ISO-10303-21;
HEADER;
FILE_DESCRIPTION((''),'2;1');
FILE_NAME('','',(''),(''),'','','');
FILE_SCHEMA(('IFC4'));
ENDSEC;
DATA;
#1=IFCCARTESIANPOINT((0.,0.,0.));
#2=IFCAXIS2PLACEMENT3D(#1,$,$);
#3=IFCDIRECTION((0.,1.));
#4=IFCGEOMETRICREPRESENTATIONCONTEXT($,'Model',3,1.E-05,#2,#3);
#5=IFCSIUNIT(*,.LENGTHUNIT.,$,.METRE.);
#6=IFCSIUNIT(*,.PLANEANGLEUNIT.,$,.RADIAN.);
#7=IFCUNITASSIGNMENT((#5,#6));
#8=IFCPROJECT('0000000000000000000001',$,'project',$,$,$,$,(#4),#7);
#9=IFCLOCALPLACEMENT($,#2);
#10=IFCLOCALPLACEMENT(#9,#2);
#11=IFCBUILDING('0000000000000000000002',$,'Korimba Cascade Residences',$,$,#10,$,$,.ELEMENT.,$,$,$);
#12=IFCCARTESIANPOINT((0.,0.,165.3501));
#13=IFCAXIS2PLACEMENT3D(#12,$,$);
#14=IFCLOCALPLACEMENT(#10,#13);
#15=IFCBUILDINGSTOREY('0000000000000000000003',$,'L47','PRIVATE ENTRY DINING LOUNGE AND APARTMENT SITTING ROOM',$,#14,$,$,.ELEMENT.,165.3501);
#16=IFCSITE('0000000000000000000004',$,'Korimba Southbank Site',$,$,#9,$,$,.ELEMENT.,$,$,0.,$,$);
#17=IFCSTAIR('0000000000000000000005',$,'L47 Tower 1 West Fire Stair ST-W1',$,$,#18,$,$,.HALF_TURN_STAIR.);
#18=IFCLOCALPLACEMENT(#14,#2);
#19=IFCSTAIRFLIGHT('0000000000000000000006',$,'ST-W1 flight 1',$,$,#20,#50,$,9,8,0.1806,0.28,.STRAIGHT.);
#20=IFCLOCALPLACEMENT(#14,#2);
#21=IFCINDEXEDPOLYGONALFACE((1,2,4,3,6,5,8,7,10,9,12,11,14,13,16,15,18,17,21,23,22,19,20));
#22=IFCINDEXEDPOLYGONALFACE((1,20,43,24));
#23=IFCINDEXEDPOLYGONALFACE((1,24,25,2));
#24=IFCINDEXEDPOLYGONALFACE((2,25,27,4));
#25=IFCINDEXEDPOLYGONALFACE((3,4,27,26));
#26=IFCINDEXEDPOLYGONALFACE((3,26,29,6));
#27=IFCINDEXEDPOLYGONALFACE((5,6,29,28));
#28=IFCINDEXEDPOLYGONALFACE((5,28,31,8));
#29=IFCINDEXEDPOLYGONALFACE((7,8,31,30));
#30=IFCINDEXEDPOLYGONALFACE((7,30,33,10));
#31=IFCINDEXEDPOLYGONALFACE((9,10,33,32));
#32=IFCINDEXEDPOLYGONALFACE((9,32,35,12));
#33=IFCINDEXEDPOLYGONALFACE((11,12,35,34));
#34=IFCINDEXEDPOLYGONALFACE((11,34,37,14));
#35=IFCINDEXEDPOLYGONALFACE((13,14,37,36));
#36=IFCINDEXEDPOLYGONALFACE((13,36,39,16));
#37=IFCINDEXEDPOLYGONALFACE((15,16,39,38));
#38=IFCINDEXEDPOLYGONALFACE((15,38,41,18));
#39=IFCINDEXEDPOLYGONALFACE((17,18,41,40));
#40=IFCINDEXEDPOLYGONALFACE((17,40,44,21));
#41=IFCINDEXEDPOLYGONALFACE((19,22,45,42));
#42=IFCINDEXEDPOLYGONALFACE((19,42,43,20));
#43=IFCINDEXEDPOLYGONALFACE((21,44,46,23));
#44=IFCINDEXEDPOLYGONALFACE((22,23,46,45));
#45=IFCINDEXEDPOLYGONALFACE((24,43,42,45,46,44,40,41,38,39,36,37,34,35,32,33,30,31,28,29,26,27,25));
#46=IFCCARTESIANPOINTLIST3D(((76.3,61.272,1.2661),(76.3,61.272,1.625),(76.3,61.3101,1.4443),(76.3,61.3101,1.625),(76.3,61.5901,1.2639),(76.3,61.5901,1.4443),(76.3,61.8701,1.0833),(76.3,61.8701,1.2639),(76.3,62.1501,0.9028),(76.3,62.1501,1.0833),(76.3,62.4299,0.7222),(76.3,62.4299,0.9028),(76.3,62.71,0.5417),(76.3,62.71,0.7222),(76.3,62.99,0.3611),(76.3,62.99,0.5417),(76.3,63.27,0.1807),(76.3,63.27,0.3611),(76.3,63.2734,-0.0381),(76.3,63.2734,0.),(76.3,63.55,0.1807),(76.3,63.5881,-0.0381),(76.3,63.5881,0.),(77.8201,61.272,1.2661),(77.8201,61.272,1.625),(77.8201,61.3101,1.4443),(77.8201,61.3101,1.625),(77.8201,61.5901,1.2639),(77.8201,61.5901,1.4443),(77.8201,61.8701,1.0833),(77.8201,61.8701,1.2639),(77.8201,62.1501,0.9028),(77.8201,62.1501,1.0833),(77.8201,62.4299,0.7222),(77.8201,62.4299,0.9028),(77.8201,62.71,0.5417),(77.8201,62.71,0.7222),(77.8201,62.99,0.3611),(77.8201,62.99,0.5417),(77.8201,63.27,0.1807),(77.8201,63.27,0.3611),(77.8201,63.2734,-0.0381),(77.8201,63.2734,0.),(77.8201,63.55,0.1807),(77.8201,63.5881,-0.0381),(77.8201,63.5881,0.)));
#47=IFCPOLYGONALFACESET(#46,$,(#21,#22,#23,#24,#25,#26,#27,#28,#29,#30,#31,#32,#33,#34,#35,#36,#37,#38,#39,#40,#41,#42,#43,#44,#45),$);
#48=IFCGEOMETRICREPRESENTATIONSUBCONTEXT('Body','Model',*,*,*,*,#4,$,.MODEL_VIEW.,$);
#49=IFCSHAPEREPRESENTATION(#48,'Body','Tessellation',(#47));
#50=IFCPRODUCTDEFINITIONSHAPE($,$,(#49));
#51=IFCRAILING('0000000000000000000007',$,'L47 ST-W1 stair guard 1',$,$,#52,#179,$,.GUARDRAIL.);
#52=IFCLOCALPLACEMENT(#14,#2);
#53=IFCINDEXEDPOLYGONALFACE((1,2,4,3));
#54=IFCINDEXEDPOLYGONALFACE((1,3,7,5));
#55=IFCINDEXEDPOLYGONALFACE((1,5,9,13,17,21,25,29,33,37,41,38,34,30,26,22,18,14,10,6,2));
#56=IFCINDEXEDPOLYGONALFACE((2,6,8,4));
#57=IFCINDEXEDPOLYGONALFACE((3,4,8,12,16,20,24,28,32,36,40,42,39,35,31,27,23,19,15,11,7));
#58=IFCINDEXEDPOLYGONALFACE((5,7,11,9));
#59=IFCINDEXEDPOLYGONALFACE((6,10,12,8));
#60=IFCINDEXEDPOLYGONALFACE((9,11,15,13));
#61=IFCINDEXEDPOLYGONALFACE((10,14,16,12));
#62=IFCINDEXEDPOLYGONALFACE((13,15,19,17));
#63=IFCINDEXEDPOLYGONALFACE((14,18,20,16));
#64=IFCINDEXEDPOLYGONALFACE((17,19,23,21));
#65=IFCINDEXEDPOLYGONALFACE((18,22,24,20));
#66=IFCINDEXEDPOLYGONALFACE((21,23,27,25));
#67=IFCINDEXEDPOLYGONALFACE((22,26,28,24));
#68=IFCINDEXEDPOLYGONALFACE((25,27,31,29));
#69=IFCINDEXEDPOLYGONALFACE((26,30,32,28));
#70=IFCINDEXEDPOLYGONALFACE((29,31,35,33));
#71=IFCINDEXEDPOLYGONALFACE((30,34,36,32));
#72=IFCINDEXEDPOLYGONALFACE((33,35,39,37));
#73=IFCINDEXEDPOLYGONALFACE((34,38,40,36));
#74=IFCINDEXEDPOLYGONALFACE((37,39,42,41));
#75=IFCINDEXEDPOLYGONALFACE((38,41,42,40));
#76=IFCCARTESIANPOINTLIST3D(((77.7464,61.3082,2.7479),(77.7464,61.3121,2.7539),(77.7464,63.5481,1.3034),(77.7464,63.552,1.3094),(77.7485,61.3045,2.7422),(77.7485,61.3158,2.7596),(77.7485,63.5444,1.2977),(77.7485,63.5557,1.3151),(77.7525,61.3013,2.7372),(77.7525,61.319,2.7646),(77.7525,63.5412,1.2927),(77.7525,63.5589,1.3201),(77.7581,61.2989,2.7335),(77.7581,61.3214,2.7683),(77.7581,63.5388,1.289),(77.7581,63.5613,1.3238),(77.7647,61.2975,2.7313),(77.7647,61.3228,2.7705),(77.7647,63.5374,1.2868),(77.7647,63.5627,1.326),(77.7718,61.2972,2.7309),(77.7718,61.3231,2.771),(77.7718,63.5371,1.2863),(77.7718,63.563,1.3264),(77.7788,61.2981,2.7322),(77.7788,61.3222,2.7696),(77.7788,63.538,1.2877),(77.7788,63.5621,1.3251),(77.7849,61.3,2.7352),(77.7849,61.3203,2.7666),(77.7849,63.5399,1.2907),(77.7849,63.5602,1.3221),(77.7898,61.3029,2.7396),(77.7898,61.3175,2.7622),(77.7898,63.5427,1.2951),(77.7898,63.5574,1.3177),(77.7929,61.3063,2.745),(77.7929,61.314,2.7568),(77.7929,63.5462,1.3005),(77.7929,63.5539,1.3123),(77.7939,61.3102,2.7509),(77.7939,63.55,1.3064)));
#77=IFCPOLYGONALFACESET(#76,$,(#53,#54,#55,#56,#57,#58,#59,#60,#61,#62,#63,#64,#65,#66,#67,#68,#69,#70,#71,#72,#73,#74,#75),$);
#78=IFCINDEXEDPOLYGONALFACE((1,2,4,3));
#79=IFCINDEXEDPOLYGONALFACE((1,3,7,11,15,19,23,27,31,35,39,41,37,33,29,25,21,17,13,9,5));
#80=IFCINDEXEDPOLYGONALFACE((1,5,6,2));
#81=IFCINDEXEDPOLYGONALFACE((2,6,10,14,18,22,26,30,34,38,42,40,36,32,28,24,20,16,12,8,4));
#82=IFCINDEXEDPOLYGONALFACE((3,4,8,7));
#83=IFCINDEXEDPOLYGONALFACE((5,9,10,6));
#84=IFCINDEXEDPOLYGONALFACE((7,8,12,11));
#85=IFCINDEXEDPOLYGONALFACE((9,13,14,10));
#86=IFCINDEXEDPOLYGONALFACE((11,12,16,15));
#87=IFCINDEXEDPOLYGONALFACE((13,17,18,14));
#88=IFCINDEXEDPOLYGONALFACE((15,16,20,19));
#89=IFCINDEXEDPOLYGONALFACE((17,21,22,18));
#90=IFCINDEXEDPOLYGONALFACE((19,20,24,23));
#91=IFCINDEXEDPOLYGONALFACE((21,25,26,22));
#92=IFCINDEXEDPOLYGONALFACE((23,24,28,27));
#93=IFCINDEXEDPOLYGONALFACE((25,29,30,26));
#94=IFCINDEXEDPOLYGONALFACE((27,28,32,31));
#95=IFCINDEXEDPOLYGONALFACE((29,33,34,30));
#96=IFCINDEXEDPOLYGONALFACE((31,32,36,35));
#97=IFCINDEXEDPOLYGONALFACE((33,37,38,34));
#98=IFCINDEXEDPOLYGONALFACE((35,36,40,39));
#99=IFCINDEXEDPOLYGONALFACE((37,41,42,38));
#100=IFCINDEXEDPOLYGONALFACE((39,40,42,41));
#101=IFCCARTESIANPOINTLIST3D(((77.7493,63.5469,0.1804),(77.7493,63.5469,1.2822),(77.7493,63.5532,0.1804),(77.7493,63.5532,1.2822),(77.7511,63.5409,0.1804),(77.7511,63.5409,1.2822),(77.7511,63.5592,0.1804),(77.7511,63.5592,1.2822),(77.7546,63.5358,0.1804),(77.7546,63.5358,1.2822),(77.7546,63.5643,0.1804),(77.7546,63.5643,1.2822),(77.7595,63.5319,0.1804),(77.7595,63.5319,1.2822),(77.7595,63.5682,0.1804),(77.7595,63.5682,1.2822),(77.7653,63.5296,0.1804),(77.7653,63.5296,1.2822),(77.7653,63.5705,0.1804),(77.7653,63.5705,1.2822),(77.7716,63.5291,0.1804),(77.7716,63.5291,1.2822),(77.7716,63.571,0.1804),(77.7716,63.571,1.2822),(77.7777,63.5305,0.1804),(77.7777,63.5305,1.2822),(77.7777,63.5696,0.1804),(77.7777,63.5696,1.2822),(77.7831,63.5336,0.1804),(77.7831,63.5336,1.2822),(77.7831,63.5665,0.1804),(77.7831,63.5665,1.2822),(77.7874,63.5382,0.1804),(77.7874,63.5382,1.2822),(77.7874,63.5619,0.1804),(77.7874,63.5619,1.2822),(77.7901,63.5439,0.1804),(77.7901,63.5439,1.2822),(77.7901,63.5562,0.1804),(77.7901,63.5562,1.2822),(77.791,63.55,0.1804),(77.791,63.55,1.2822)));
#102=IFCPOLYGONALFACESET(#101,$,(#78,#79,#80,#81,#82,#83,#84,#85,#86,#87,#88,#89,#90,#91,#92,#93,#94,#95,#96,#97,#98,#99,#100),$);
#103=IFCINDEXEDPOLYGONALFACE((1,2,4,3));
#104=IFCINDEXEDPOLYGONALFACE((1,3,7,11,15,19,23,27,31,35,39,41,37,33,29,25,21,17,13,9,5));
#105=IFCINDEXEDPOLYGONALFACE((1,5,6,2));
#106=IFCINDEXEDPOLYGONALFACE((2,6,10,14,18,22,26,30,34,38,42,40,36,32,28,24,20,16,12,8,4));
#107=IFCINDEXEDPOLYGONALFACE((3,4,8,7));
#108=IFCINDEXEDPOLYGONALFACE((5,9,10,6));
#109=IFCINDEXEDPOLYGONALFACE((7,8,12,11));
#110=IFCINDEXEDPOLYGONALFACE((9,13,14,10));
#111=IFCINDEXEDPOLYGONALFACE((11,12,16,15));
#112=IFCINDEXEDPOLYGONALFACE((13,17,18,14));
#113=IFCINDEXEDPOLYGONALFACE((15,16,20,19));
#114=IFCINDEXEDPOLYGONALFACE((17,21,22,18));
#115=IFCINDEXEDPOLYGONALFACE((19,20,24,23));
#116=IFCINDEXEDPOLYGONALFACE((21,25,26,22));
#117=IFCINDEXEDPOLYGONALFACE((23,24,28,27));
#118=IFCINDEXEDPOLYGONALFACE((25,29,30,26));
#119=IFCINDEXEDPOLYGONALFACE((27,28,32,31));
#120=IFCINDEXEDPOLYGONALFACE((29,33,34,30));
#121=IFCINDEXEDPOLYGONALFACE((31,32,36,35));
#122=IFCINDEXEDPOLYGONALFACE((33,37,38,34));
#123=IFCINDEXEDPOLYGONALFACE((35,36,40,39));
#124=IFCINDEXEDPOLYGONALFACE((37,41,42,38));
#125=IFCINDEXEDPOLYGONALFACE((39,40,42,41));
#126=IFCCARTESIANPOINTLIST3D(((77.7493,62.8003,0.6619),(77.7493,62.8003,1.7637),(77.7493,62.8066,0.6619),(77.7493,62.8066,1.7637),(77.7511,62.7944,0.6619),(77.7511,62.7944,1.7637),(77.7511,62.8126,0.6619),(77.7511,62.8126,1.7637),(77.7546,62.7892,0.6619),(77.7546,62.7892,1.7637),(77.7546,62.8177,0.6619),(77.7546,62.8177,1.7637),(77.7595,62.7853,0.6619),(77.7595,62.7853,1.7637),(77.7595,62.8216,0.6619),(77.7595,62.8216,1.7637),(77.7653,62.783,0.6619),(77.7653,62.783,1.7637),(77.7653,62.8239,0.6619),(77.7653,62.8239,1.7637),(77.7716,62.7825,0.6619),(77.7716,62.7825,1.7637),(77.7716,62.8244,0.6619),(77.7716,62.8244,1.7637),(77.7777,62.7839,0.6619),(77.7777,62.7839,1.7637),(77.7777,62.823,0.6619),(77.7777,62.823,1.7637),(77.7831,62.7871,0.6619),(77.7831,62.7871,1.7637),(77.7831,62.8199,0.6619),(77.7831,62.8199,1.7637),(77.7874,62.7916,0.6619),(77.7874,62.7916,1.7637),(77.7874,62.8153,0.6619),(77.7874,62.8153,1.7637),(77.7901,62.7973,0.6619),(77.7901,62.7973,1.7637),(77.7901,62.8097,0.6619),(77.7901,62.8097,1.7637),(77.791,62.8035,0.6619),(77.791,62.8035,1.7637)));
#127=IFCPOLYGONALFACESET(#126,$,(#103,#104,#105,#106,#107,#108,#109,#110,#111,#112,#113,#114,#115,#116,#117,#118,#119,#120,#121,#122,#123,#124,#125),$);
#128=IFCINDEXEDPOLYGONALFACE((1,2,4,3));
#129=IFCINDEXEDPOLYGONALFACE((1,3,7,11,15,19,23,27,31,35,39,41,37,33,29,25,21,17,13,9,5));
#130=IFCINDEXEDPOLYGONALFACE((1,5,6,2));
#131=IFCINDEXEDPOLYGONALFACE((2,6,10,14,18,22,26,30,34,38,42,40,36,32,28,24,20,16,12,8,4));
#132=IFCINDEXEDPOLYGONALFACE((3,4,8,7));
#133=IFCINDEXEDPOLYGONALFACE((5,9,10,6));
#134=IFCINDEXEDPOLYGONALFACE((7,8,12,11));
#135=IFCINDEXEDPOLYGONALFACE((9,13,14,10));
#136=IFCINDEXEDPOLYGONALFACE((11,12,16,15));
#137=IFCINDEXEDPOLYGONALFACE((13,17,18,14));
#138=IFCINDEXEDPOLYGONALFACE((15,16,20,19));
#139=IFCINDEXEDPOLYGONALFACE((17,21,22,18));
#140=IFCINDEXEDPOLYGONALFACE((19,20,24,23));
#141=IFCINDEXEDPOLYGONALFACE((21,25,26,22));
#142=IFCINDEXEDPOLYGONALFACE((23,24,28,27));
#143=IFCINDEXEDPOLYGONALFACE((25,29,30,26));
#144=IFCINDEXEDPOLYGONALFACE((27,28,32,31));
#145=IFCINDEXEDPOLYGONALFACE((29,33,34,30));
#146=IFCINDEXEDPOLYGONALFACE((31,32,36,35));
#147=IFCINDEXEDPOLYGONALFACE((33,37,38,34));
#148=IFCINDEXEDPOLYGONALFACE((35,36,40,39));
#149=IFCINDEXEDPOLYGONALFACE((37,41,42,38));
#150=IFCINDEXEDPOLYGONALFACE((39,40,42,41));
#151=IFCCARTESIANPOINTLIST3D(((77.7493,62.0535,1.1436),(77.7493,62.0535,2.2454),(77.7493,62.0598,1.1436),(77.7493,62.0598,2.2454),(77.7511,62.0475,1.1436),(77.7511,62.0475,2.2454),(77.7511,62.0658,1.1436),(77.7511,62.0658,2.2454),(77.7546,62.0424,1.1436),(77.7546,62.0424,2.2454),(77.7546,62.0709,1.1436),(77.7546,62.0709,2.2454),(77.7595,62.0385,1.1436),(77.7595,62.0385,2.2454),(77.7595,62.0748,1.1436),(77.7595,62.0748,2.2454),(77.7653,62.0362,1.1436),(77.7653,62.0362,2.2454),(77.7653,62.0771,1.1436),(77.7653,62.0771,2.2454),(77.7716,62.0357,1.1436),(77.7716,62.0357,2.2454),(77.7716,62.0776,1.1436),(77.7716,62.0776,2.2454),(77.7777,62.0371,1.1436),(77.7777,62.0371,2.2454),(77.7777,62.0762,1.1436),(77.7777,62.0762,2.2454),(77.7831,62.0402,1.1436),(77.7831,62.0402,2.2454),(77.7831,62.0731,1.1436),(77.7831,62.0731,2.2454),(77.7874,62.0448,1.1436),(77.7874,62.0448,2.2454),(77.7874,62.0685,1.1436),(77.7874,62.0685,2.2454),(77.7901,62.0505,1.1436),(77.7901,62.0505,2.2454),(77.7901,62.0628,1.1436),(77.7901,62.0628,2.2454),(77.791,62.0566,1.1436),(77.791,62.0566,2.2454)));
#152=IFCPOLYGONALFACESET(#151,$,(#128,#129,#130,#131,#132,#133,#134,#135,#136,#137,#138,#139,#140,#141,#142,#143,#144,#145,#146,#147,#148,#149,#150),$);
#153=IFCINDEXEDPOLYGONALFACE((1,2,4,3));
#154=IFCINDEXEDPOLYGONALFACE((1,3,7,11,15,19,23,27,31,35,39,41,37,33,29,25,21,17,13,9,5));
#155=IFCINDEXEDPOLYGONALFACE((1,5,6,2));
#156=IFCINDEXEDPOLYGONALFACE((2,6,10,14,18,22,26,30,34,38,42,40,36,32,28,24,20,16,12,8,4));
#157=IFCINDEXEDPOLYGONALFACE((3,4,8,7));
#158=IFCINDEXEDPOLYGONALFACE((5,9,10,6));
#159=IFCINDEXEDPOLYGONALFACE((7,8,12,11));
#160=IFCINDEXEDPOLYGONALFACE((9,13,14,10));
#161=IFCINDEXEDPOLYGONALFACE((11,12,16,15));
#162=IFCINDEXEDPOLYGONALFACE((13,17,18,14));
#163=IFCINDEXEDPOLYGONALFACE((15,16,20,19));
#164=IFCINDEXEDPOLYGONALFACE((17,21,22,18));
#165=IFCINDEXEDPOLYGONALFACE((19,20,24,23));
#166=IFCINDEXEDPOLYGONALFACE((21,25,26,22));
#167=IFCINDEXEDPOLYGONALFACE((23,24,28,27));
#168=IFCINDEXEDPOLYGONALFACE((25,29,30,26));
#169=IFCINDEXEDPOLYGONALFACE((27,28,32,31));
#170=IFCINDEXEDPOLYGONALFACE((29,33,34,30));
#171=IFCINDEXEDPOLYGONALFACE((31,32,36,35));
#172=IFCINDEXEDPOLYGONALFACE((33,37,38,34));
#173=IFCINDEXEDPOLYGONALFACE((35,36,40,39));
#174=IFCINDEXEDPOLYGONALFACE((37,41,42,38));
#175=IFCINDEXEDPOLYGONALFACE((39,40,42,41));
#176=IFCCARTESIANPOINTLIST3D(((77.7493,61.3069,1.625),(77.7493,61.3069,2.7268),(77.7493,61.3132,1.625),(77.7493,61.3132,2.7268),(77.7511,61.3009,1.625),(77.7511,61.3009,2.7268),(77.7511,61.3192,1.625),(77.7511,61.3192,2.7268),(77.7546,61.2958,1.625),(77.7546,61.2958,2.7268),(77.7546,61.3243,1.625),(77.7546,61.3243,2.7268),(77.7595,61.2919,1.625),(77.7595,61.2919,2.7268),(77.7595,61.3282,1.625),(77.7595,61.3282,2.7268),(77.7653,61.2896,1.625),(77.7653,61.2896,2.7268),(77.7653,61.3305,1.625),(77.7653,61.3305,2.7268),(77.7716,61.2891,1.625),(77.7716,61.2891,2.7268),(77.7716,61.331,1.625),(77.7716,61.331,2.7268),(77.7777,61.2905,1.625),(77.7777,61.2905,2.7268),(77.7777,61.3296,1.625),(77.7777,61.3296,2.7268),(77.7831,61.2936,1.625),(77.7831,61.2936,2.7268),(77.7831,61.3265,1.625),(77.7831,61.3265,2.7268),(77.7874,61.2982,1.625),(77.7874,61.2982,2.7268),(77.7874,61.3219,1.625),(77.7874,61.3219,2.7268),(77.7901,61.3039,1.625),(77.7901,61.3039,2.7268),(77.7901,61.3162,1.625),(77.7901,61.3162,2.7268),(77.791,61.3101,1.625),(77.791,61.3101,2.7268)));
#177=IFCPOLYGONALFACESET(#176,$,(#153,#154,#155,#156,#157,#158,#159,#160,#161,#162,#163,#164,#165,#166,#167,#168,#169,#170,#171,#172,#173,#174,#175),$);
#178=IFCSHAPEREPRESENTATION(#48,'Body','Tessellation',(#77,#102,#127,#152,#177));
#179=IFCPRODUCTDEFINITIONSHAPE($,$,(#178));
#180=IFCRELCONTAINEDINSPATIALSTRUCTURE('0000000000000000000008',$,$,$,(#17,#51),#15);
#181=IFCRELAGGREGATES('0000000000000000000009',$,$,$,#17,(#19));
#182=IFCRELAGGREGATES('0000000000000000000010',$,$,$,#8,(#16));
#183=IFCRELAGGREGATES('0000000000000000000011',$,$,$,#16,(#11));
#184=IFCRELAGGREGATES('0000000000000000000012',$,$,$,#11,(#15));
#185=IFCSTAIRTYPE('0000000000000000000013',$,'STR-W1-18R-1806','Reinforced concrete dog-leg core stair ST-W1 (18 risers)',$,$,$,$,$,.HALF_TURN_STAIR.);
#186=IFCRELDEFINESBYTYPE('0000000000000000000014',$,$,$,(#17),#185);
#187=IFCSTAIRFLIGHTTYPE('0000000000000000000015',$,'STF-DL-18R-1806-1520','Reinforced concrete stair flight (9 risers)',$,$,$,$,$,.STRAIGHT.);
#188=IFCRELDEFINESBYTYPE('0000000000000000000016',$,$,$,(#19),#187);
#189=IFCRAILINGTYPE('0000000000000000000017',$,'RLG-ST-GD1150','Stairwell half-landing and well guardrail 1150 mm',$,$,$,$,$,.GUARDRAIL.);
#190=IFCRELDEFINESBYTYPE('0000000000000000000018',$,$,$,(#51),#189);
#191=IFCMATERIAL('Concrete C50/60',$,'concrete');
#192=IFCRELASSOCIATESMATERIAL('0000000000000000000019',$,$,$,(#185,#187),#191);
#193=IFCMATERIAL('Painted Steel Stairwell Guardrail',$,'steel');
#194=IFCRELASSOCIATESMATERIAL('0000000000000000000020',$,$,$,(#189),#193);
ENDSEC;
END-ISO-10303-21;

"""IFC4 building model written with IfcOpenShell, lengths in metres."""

from ifc_helpers import new_model, si_unit, direction, frame, origin, origin_2d, place, context, subcontext, project, spatial, polyline, circle, outline, extrude, material, type_object, element, aggregate, save


model = new_model("IFC4")

# Units and contexts
model_context = context("Model", 3, precision=1e-05, world=origin(), true_north=direction((0.0, 1.0)))
body_context = subcontext(model_context, "Body", "Model", "MODEL_VIEW")
ifc_project = project(units=[si_unit("LENGTHUNIT", "METRE"), si_unit("PLANEANGLEUNIT", "RADIAN")], contexts=[model_context])

# Site, building, storey
site_placement = place(None, origin())
site = spatial("IfcSite", under=ifc_project, at=site_placement, Name="Korimba Southbank Site", CompositionType="ELEMENT", RefElevation=0.0)
building_placement = place(site_placement, origin())
building = spatial("IfcBuilding", under=site, at=building_placement, Name="Korimba Cascade Residences", CompositionType="ELEMENT")
storey_placement = place(building_placement, frame((0.0, 0.0, 165.3501)))
storey = spatial("IfcBuildingStorey", under=building, at=storey_placement, Name="L47", Description="PRIVATE ENTRY DINING LOUNGE AND APARTMENT SITTING ROOM", CompositionType="ELEMENT", Elevation=165.3501)

# Shared definitions
ifc_material_1 = material(Name="Concrete C50/60", Category="concrete")

# Stair, stair flight
stair_type = type_object("IfcStairType", Name="STR-W1-18R-1806", Description="Reinforced concrete dog-leg core stair ST-W1 (18 risers)", PredefinedType="HALF_TURN_STAIR", material=ifc_material_1)
stair_placement = place(storey_placement, origin())
stair = element("IfcStair", 1, at=stair_placement, inside=storey, type_object=stair_type, Name="L47 Tower 1 West Fire Stair ST-W1", PredefinedType="HALF_TURN_STAIR")
stair_flight_type = type_object("IfcStairFlightType", Name="STF-DL-18R-1806-1520", Description="Reinforced concrete stair flight (9 risers)", PredefinedType="STRAIGHT", material=ifc_material_1)
stair_flight_placement = place(storey_placement, frame((77.0601, 63.55, 0.0), z_axis=(0.0, 0.0, 1.0), x_axis=(0.0, -1.0, 0.0)))
stair_flight = element("IfcStairFlight", 2, at=stair_flight_placement, type_object=stair_flight_type, Name="ST-W1 flight 1", NumberOfRisers=9, NumberOfTreads=8, PredefinedType="STRAIGHT", RiserHeight=0.1806, TreadLength=0.28, context=body_context, shape_type="SweptSolid", body=[
    extrude(outline(polyline([(-0.0381, 0.0), (0.0, 0.1807), (0.28, 0.1807), (0.28, 0.3611), (0.5601, 0.3611), (0.5601, 0.5417), (0.8401, 0.5417), (0.8401, 0.7222), (1.1201, 0.7222), (1.1201, 0.9028), (1.3999, 0.9028), (1.3999, 1.0833), (1.6799, 1.0833), (1.6799, 1.2639), (1.96, 1.2639), (1.96, 1.4443), (2.24, 1.4443), (2.24, 1.625), (2.2781, 1.625), (2.2781, 1.2661), (0.2766, 0.0), (0.2766, -0.0381), (-0.0381, -0.0381), (-0.0381, 0.0)])), frame((0.0, 0.76, 0.0), z_axis=(0.0, -1.0, 0.0), x_axis=(1.0, 0.0, 0.0)), (0.0, 0.0, 1.0), 1.52),
])
aggregate(stair, [stair_flight])

# Railing
ifc_material_2 = material(Name="Painted Steel Stairwell Guardrail", Category="steel")
railing_type_1 = type_object("IfcRailingType", Name="RLG-ST-GD1150", Description="Stairwell half-landing and well guardrail 1150 mm", PredefinedType="GUARDRAIL", material=ifc_material_2)
railing_1_placement = place(storey_placement, frame((77.77, 63.55, 0.1804)))
element("IfcRailing", 3, at=railing_1_placement, inside=storey, type_object=railing_type_1, Name="L47 ST-W1 stair guard 1", PredefinedType="GUARDRAIL", context=body_context, shape_type="SweptSolid", body=[
    extrude(circle(Radius=0.0239, at=origin_2d()), frame((0.0, 0.0, 1.126), z_axis=(0.0, -0.840395, 0.541975), x_axis=(1.0, 0.0, 0.0)), (0.0, 0.0, 1.0), 2.6653),
    extrude(circle(Radius=0.021, at=origin_2d()), origin(), (0.0, 0.0, 1.0), 1.1018),
    extrude(circle(Radius=0.021, at=origin_2d()), frame((0.0, -0.7466, 0.4814)), (0.0, 0.0, 1.0), 1.1018),
    extrude(circle(Radius=0.021, at=origin_2d()), frame((0.0, -1.4934, 0.9631)), (0.0, 0.0, 1.0), 1.1018),
    extrude(circle(Radius=0.021, at=origin_2d()), frame((0.0, -2.24, 1.4446)), (0.0, 0.0, 1.0), 1.1018),
])

save(model, "model.ifc")
